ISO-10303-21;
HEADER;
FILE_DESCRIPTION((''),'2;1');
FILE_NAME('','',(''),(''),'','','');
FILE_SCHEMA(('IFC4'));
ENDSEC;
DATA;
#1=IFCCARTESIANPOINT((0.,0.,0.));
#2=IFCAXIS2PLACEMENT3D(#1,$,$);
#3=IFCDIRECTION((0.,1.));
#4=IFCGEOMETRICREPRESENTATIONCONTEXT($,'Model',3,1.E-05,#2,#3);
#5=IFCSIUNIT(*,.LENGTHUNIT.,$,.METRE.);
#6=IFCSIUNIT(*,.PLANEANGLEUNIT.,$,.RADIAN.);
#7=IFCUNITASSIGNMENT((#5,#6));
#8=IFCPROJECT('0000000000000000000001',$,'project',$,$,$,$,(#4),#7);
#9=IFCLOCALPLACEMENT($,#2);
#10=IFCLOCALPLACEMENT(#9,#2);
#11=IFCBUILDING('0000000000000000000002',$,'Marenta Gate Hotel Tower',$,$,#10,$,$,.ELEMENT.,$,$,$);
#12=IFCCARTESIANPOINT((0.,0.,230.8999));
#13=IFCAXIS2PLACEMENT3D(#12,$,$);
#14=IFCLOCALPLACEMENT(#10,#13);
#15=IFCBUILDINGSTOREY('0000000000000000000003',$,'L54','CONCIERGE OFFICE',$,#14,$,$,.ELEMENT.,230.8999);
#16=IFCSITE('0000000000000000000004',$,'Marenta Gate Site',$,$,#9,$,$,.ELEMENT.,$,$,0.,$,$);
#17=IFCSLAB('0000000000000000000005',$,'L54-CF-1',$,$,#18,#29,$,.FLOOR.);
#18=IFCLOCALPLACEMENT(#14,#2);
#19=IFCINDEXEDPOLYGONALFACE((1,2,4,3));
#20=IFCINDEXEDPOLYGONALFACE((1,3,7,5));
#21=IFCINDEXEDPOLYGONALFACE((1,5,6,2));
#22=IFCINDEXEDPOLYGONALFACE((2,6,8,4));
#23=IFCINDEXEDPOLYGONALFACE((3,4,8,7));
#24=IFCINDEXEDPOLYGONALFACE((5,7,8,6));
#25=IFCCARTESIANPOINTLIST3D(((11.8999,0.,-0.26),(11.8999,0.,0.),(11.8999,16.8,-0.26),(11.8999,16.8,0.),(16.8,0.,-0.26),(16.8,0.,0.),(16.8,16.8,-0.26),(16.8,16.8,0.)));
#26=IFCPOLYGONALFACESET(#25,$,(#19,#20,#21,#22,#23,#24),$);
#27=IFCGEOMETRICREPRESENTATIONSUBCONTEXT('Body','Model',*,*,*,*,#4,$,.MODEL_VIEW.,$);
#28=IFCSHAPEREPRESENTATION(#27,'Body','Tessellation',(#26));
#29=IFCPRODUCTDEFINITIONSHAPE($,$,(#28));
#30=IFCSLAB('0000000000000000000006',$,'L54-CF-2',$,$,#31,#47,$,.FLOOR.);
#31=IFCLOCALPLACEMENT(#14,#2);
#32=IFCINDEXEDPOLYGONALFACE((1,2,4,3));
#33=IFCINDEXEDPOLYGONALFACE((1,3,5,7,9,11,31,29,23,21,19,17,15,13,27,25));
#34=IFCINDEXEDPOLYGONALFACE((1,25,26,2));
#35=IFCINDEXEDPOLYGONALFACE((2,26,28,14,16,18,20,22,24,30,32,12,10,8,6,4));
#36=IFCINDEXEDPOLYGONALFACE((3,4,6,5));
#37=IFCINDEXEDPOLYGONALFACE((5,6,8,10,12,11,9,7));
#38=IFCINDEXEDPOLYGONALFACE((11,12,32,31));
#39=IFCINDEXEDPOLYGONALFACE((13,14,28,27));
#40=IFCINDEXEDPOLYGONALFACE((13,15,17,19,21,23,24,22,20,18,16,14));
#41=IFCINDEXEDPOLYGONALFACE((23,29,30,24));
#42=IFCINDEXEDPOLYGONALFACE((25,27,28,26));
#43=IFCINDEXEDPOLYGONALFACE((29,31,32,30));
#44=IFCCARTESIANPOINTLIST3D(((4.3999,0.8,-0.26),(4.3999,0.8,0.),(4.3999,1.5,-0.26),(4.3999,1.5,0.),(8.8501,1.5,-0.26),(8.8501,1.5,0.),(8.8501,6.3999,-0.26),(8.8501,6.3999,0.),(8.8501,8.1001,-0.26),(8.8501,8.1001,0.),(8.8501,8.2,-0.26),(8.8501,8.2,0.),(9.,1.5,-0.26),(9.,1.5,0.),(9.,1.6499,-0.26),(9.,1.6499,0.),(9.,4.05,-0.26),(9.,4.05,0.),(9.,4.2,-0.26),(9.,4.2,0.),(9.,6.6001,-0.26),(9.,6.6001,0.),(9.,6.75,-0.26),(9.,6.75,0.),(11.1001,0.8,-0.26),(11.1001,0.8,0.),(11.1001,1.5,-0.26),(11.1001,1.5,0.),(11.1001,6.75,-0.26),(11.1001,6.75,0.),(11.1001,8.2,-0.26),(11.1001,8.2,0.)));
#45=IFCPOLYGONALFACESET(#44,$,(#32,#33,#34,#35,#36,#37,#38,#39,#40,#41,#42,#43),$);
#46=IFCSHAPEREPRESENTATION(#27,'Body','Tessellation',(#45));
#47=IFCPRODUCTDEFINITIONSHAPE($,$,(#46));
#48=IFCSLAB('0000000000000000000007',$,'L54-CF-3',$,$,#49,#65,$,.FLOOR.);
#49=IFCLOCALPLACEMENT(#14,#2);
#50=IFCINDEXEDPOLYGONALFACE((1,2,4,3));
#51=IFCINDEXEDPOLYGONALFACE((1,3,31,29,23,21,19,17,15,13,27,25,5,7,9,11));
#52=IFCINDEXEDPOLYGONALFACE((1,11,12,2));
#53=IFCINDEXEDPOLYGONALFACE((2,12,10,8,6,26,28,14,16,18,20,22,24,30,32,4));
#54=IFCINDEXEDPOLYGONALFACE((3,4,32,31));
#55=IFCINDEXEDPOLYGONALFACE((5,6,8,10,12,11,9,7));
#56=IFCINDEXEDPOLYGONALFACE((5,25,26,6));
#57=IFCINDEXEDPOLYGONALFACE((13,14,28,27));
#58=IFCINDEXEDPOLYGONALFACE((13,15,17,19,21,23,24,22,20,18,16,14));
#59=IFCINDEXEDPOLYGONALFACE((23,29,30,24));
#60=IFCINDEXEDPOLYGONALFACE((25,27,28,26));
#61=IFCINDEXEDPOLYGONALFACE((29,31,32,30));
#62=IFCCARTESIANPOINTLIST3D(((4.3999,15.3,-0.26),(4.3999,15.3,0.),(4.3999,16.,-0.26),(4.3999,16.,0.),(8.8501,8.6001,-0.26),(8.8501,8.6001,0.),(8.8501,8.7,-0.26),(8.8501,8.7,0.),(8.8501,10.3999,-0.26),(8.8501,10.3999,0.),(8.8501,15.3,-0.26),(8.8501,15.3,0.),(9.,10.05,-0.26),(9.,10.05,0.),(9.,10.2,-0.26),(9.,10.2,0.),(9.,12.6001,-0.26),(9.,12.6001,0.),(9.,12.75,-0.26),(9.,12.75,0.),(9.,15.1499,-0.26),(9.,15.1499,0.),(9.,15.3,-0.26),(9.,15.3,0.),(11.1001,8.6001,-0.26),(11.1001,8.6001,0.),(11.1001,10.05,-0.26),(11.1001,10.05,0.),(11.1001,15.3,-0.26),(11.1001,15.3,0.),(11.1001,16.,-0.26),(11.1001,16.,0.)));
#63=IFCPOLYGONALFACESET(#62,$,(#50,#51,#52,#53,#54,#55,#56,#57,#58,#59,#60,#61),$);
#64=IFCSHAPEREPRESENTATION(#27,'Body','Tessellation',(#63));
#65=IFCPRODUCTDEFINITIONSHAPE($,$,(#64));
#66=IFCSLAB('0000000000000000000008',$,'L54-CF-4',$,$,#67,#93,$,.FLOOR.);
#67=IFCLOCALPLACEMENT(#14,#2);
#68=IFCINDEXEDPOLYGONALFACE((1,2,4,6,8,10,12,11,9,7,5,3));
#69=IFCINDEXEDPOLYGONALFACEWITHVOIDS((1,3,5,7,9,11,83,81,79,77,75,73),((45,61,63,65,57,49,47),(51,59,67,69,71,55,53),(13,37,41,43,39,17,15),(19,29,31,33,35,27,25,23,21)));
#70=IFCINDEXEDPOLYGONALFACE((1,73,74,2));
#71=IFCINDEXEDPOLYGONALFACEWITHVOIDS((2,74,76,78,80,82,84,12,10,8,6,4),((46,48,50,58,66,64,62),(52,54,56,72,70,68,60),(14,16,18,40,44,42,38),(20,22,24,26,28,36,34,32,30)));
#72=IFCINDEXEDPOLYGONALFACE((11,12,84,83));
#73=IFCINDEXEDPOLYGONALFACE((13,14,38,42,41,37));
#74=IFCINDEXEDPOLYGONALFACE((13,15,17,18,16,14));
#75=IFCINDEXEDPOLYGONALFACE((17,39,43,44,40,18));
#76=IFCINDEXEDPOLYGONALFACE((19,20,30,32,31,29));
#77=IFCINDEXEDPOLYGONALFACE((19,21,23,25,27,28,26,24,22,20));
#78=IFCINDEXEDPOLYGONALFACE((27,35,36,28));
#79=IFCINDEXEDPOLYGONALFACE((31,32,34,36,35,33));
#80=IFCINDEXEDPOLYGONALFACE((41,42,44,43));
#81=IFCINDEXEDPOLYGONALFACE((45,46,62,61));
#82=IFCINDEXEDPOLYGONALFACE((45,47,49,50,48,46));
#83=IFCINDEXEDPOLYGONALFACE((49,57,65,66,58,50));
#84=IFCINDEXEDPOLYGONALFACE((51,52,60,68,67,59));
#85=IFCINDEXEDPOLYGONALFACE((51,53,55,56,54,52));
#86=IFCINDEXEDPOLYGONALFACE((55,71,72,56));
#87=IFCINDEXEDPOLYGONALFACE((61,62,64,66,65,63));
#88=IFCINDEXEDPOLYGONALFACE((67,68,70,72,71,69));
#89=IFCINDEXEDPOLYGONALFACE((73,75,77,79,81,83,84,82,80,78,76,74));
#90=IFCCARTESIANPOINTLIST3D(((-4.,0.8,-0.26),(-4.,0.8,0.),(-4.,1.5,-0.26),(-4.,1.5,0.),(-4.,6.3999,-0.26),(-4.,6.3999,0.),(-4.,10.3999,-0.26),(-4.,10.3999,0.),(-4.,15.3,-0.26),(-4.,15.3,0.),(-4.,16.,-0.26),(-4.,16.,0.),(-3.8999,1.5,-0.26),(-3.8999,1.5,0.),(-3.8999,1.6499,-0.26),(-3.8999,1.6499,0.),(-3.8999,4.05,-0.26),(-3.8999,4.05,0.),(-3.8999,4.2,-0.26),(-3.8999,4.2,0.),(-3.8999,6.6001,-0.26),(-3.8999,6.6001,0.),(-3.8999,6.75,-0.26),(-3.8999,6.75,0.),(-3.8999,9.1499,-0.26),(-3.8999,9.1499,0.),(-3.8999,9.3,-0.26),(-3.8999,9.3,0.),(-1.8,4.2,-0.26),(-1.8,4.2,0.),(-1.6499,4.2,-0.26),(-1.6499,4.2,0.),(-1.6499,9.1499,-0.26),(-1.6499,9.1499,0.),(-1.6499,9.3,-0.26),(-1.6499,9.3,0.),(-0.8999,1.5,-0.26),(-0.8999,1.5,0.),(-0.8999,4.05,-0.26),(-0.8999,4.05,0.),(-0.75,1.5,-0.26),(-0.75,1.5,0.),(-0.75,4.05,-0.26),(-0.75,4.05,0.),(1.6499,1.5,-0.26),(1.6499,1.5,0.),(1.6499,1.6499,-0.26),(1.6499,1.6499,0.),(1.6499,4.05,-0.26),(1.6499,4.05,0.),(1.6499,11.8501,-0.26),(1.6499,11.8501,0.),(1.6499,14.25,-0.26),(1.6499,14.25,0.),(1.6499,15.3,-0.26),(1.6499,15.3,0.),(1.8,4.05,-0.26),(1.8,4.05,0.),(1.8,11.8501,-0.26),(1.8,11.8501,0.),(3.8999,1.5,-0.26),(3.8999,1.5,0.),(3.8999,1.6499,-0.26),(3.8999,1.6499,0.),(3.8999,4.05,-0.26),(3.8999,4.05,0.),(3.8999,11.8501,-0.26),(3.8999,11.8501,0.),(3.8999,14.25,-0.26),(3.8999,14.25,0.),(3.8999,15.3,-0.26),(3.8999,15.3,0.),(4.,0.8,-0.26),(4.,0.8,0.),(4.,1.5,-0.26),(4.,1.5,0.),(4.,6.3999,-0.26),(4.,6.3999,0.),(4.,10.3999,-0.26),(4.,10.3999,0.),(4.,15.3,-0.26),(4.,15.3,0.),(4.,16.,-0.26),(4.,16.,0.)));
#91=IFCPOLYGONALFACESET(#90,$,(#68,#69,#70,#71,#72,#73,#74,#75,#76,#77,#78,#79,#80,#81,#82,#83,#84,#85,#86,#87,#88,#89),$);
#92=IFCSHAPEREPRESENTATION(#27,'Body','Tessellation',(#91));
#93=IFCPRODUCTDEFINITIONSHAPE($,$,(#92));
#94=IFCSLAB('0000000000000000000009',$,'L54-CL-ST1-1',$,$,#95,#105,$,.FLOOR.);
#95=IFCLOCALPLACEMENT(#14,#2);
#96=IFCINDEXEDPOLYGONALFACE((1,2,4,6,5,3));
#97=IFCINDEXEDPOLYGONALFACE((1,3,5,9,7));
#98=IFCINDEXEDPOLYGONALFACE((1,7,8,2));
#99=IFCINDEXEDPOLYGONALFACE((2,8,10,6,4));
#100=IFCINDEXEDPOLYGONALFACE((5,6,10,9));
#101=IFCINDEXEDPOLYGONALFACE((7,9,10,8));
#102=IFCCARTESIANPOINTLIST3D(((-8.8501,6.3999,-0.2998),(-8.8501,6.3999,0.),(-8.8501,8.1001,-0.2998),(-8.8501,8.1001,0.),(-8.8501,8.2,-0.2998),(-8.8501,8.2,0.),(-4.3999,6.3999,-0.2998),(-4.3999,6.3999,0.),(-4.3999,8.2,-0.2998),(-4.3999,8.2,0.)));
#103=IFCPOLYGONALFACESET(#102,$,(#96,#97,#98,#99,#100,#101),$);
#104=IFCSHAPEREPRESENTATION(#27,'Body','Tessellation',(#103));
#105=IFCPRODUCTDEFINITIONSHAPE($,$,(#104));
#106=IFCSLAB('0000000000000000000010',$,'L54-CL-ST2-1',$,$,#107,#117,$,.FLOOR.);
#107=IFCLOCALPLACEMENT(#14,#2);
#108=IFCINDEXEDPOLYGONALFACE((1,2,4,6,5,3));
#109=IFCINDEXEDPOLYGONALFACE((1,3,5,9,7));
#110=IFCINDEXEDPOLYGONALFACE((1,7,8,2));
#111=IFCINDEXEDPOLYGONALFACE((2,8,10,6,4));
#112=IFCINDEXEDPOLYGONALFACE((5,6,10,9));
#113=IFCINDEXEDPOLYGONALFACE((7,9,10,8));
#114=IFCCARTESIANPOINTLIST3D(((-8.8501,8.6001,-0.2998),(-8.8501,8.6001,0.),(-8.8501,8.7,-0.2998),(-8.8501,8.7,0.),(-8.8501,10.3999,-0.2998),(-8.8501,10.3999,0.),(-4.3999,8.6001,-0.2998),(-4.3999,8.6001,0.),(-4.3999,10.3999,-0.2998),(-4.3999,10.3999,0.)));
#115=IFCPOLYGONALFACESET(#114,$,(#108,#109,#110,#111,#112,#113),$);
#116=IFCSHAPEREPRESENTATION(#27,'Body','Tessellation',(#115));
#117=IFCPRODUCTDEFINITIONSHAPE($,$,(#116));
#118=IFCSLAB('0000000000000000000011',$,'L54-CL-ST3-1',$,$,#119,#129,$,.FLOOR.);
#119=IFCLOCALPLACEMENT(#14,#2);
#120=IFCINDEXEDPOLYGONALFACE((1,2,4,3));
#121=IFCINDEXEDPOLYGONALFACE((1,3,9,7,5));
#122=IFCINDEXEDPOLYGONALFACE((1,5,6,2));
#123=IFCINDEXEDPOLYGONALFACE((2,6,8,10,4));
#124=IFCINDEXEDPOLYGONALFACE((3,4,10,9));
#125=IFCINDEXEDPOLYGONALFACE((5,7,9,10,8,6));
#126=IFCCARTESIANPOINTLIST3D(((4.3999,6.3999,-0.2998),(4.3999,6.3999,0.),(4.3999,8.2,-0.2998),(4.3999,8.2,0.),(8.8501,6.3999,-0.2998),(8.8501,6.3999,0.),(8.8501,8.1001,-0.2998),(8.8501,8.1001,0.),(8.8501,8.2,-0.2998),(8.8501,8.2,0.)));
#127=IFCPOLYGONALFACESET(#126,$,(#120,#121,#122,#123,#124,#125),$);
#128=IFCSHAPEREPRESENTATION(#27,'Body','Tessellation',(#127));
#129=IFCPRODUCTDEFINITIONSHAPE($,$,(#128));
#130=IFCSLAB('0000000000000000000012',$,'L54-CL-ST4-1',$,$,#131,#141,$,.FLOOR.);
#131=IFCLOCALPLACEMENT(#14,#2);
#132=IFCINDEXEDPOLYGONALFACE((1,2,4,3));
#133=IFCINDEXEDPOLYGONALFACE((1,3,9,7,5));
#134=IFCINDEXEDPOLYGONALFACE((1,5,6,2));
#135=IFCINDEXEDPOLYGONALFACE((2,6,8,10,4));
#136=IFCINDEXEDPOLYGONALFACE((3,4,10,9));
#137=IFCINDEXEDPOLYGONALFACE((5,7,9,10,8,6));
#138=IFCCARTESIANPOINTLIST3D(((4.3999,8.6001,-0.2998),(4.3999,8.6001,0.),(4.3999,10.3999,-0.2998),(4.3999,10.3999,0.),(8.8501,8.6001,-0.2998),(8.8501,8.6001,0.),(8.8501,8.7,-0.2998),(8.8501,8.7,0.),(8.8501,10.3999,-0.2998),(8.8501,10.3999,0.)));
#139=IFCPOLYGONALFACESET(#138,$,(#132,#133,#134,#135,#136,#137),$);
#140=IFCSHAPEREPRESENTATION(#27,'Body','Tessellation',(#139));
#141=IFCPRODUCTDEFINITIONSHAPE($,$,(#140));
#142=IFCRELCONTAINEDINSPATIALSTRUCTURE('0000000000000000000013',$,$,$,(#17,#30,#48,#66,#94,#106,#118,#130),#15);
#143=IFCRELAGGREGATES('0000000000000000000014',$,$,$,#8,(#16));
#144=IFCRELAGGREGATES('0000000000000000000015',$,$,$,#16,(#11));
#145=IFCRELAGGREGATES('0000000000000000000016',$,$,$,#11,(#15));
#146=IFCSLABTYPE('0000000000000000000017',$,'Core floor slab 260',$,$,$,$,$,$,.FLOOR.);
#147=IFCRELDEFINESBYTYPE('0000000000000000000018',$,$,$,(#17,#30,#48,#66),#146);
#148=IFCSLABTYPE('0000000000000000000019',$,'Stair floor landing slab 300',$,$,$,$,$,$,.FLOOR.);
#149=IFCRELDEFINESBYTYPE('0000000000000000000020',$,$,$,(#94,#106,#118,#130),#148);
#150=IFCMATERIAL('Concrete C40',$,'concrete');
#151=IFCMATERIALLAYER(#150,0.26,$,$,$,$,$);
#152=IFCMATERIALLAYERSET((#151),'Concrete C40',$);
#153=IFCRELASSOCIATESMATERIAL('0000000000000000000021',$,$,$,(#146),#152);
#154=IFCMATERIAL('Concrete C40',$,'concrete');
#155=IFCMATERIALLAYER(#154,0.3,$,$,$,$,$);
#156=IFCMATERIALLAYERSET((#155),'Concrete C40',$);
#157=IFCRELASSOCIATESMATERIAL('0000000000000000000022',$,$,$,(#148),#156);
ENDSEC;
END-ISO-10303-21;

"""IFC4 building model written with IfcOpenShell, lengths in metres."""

from ifc_helpers import new_model, si_unit, direction, frame, origin, place, context, subcontext, project, spatial, polyline, outline, extrude, material, layer, layer_set, type_object, element, save


model = new_model("IFC4")

# Units and contexts
model_context = context("Model", 3, precision=1e-05, world=origin(), true_north=direction((0.0, 1.0)))
body_context = subcontext(model_context, "Body", "Model", "MODEL_VIEW")
ifc_project = project(units=[si_unit("LENGTHUNIT", "METRE"), si_unit("PLANEANGLEUNIT", "RADIAN")], contexts=[model_context])

# Site, building, storey
site_placement = place(None, origin())
site = spatial("IfcSite", under=ifc_project, at=site_placement, Name="Marenta Gate Site", CompositionType="ELEMENT", RefElevation=0.0)
building_placement = place(site_placement, origin())
building = spatial("IfcBuilding", under=site, at=building_placement, Name="Marenta Gate Hotel Tower", CompositionType="ELEMENT")
storey_placement = place(building_placement, frame((0.0, 0.0, 230.8999)))
storey = spatial("IfcBuildingStorey", under=building, at=storey_placement, Name="L54", Description="CONCIERGE OFFICE", CompositionType="ELEMENT", Elevation=230.8999)

# Slabs
ifc_material_1 = material(Name="Concrete C40", Category="concrete")
ifc_layer_1 = layer(ifc_material_1, 0.26)
ifc_layer_set_1 = layer_set([ifc_layer_1], Name="Concrete C40")
slab_type_1 = type_object("IfcSlabType", Name="Core floor slab 260", PredefinedType="FLOOR", material=ifc_layer_set_1)
slab_1_placement = place(storey_placement, frame((0.0, 0.0, -0.26)))
element("IfcSlab", 1, at=slab_1_placement, inside=storey, type_object=slab_type_1, Name="L54-CF-1", PredefinedType="FLOOR", context=body_context, shape_type="SweptSolid", body=[
    extrude(outline(polyline([(11.8999, 0.0), (11.8999, 16.8), (16.8, 16.8), (16.8, 0.0), (11.8999, 0.0)])), origin(), (0.0, 0.0, 1.0), 0.26),
])
slab_2_placement = place(storey_placement, frame((0.0, 0.0, -0.26)))
element("IfcSlab", 2, at=slab_2_placement, inside=storey, type_object=slab_type_1, Name="L54-CF-2", PredefinedType="FLOOR", context=body_context, shape_type="SweptSolid", body=[
    extrude(outline(polyline([(8.8501, 1.5), (8.8501, 6.3999), (8.8501, 8.1001), (8.8501, 8.2), (11.1001, 8.2), (11.1001, 6.75), (9.0, 6.75), (9.0, 6.6001), (9.0, 4.2), (9.0, 4.05), (9.0, 1.6499), (9.0, 1.5), (11.1001, 1.5), (11.1001, 0.8), (4.3999, 0.8), (4.3999, 1.5), (8.8501, 1.5)])), origin(), (0.0, 0.0, 1.0), 0.26),
])
slab_3_placement = place(storey_placement, frame((0.0, 0.0, -0.26)))
element("IfcSlab", 3, at=slab_3_placement, inside=storey, type_object=slab_type_1, Name="L54-CF-3", PredefinedType="FLOOR", context=body_context, shape_type="SweptSolid", body=[
    extrude(outline(polyline([(8.8501, 15.3), (4.3999, 15.3), (4.3999, 16.0), (11.1001, 16.0), (11.1001, 15.3), (9.0, 15.3), (9.0, 15.1499), (9.0, 12.75), (9.0, 12.6001), (9.0, 10.2), (9.0, 10.05), (11.1001, 10.05), (11.1001, 8.6001), (8.8501, 8.6001), (8.8501, 8.7), (8.8501, 10.3999), (8.8501, 15.3)])), origin(), (0.0, 0.0, 1.0), 0.26),
])
slab_4_placement = place(storey_placement, frame((0.0, 0.0, -0.26)))
element("IfcSlab", 4, at=slab_4_placement, inside=storey, type_object=slab_type_1, Name="L54-CF-4", PredefinedType="FLOOR", context=body_context, shape_type="SweptSolid", body=[
    extrude(outline(polyline([(4.0, 15.3), (4.0, 10.3999), (4.0, 6.3999), (4.0, 1.5), (4.0, 0.8), (-4.0, 0.8), (-4.0, 1.5), (-4.0, 6.3999), (-4.0, 10.3999), (-4.0, 15.3), (-4.0, 16.0), (4.0, 16.0), (4.0, 15.3)]), holes=[polyline([(1.6499, 14.25), (1.6499, 11.8501), (1.8, 11.8501), (3.8999, 11.8501), (3.8999, 14.25), (3.8999, 15.3), (1.6499, 15.3), (1.6499, 14.25)]), polyline([(3.8999, 1.6499), (3.8999, 4.05), (1.8, 4.05), (1.6499, 4.05), (1.6499, 1.6499), (1.6499, 1.5), (3.8999, 1.5), (3.8999, 1.6499)]), polyline([(-3.8999, 1.6499), (-3.8999, 1.5), (-0.8999, 1.5), (-0.75, 1.5), (-0.75, 4.05), (-0.8999, 4.05), (-3.8999, 4.05), (-3.8999, 1.6499)]), polyline([(-1.8, 4.2), (-1.6499, 4.2), (-1.6499, 9.1499), (-1.6499, 9.3), (-3.8999, 9.3), (-3.8999, 9.1499), (-3.8999, 6.75), (-3.8999, 6.6001), (-3.8999, 4.2), (-1.8, 4.2)])]), origin(), (0.0, 0.0, 1.0), 0.26),
])
ifc_material_2 = material(Name="Concrete C40", Category="concrete")
ifc_layer_2 = layer(ifc_material_2, 0.3)
ifc_layer_set_2 = layer_set([ifc_layer_2], Name="Concrete C40")
slab_type_2 = type_object("IfcSlabType", Name="Stair floor landing slab 300", PredefinedType="FLOOR", material=ifc_layer_set_2)
slab_5_placement = place(storey_placement, frame((0.0, 0.0, -0.2998)))
element("IfcSlab", 5, at=slab_5_placement, inside=storey, type_object=slab_type_2, Name="L54-CL-ST1-1", PredefinedType="FLOOR", context=body_context, shape_type="SweptSolid", body=[
    extrude(outline(polyline([(-4.3999, 6.3999), (-8.8501, 6.3999), (-8.8501, 8.1001), (-8.8501, 8.2), (-4.3999, 8.2), (-4.3999, 6.3999)])), origin(), (0.0, 0.0, 1.0), 0.2998),
])
slab_6_placement = place(storey_placement, frame((0.0, 0.0, -0.2998)))
element("IfcSlab", 6, at=slab_6_placement, inside=storey, type_object=slab_type_2, Name="L54-CL-ST2-1", PredefinedType="FLOOR", context=body_context, shape_type="SweptSolid", body=[
    extrude(outline(polyline([(-4.3999, 8.6001), (-8.8501, 8.6001), (-8.8501, 8.7), (-8.8501, 10.3999), (-4.3999, 10.3999), (-4.3999, 8.6001)])), origin(), (0.0, 0.0, 1.0), 0.2998),
])
slab_7_placement = place(storey_placement, frame((0.0, 0.0, -0.2998)))
element("IfcSlab", 7, at=slab_7_placement, inside=storey, type_object=slab_type_2, Name="L54-CL-ST3-1", PredefinedType="FLOOR", context=body_context, shape_type="SweptSolid", body=[
    extrude(outline(polyline([(4.3999, 6.3999), (4.3999, 8.2), (8.8501, 8.2), (8.8501, 8.1001), (8.8501, 6.3999), (4.3999, 6.3999)])), origin(), (0.0, 0.0, 1.0), 0.2998),
])
slab_8_placement = place(storey_placement, frame((0.0, 0.0, -0.2998)))
element("IfcSlab", 8, at=slab_8_placement, inside=storey, type_object=slab_type_2, Name="L54-CL-ST4-1", PredefinedType="FLOOR", context=body_context, shape_type="SweptSolid", body=[
    extrude(outline(polyline([(4.3999, 8.6001), (4.3999, 10.3999), (8.8501, 10.3999), (8.8501, 8.7), (8.8501, 8.6001), (4.3999, 8.6001)])), origin(), (0.0, 0.0, 1.0), 0.2998),
])

save(model, "model.ifc")
